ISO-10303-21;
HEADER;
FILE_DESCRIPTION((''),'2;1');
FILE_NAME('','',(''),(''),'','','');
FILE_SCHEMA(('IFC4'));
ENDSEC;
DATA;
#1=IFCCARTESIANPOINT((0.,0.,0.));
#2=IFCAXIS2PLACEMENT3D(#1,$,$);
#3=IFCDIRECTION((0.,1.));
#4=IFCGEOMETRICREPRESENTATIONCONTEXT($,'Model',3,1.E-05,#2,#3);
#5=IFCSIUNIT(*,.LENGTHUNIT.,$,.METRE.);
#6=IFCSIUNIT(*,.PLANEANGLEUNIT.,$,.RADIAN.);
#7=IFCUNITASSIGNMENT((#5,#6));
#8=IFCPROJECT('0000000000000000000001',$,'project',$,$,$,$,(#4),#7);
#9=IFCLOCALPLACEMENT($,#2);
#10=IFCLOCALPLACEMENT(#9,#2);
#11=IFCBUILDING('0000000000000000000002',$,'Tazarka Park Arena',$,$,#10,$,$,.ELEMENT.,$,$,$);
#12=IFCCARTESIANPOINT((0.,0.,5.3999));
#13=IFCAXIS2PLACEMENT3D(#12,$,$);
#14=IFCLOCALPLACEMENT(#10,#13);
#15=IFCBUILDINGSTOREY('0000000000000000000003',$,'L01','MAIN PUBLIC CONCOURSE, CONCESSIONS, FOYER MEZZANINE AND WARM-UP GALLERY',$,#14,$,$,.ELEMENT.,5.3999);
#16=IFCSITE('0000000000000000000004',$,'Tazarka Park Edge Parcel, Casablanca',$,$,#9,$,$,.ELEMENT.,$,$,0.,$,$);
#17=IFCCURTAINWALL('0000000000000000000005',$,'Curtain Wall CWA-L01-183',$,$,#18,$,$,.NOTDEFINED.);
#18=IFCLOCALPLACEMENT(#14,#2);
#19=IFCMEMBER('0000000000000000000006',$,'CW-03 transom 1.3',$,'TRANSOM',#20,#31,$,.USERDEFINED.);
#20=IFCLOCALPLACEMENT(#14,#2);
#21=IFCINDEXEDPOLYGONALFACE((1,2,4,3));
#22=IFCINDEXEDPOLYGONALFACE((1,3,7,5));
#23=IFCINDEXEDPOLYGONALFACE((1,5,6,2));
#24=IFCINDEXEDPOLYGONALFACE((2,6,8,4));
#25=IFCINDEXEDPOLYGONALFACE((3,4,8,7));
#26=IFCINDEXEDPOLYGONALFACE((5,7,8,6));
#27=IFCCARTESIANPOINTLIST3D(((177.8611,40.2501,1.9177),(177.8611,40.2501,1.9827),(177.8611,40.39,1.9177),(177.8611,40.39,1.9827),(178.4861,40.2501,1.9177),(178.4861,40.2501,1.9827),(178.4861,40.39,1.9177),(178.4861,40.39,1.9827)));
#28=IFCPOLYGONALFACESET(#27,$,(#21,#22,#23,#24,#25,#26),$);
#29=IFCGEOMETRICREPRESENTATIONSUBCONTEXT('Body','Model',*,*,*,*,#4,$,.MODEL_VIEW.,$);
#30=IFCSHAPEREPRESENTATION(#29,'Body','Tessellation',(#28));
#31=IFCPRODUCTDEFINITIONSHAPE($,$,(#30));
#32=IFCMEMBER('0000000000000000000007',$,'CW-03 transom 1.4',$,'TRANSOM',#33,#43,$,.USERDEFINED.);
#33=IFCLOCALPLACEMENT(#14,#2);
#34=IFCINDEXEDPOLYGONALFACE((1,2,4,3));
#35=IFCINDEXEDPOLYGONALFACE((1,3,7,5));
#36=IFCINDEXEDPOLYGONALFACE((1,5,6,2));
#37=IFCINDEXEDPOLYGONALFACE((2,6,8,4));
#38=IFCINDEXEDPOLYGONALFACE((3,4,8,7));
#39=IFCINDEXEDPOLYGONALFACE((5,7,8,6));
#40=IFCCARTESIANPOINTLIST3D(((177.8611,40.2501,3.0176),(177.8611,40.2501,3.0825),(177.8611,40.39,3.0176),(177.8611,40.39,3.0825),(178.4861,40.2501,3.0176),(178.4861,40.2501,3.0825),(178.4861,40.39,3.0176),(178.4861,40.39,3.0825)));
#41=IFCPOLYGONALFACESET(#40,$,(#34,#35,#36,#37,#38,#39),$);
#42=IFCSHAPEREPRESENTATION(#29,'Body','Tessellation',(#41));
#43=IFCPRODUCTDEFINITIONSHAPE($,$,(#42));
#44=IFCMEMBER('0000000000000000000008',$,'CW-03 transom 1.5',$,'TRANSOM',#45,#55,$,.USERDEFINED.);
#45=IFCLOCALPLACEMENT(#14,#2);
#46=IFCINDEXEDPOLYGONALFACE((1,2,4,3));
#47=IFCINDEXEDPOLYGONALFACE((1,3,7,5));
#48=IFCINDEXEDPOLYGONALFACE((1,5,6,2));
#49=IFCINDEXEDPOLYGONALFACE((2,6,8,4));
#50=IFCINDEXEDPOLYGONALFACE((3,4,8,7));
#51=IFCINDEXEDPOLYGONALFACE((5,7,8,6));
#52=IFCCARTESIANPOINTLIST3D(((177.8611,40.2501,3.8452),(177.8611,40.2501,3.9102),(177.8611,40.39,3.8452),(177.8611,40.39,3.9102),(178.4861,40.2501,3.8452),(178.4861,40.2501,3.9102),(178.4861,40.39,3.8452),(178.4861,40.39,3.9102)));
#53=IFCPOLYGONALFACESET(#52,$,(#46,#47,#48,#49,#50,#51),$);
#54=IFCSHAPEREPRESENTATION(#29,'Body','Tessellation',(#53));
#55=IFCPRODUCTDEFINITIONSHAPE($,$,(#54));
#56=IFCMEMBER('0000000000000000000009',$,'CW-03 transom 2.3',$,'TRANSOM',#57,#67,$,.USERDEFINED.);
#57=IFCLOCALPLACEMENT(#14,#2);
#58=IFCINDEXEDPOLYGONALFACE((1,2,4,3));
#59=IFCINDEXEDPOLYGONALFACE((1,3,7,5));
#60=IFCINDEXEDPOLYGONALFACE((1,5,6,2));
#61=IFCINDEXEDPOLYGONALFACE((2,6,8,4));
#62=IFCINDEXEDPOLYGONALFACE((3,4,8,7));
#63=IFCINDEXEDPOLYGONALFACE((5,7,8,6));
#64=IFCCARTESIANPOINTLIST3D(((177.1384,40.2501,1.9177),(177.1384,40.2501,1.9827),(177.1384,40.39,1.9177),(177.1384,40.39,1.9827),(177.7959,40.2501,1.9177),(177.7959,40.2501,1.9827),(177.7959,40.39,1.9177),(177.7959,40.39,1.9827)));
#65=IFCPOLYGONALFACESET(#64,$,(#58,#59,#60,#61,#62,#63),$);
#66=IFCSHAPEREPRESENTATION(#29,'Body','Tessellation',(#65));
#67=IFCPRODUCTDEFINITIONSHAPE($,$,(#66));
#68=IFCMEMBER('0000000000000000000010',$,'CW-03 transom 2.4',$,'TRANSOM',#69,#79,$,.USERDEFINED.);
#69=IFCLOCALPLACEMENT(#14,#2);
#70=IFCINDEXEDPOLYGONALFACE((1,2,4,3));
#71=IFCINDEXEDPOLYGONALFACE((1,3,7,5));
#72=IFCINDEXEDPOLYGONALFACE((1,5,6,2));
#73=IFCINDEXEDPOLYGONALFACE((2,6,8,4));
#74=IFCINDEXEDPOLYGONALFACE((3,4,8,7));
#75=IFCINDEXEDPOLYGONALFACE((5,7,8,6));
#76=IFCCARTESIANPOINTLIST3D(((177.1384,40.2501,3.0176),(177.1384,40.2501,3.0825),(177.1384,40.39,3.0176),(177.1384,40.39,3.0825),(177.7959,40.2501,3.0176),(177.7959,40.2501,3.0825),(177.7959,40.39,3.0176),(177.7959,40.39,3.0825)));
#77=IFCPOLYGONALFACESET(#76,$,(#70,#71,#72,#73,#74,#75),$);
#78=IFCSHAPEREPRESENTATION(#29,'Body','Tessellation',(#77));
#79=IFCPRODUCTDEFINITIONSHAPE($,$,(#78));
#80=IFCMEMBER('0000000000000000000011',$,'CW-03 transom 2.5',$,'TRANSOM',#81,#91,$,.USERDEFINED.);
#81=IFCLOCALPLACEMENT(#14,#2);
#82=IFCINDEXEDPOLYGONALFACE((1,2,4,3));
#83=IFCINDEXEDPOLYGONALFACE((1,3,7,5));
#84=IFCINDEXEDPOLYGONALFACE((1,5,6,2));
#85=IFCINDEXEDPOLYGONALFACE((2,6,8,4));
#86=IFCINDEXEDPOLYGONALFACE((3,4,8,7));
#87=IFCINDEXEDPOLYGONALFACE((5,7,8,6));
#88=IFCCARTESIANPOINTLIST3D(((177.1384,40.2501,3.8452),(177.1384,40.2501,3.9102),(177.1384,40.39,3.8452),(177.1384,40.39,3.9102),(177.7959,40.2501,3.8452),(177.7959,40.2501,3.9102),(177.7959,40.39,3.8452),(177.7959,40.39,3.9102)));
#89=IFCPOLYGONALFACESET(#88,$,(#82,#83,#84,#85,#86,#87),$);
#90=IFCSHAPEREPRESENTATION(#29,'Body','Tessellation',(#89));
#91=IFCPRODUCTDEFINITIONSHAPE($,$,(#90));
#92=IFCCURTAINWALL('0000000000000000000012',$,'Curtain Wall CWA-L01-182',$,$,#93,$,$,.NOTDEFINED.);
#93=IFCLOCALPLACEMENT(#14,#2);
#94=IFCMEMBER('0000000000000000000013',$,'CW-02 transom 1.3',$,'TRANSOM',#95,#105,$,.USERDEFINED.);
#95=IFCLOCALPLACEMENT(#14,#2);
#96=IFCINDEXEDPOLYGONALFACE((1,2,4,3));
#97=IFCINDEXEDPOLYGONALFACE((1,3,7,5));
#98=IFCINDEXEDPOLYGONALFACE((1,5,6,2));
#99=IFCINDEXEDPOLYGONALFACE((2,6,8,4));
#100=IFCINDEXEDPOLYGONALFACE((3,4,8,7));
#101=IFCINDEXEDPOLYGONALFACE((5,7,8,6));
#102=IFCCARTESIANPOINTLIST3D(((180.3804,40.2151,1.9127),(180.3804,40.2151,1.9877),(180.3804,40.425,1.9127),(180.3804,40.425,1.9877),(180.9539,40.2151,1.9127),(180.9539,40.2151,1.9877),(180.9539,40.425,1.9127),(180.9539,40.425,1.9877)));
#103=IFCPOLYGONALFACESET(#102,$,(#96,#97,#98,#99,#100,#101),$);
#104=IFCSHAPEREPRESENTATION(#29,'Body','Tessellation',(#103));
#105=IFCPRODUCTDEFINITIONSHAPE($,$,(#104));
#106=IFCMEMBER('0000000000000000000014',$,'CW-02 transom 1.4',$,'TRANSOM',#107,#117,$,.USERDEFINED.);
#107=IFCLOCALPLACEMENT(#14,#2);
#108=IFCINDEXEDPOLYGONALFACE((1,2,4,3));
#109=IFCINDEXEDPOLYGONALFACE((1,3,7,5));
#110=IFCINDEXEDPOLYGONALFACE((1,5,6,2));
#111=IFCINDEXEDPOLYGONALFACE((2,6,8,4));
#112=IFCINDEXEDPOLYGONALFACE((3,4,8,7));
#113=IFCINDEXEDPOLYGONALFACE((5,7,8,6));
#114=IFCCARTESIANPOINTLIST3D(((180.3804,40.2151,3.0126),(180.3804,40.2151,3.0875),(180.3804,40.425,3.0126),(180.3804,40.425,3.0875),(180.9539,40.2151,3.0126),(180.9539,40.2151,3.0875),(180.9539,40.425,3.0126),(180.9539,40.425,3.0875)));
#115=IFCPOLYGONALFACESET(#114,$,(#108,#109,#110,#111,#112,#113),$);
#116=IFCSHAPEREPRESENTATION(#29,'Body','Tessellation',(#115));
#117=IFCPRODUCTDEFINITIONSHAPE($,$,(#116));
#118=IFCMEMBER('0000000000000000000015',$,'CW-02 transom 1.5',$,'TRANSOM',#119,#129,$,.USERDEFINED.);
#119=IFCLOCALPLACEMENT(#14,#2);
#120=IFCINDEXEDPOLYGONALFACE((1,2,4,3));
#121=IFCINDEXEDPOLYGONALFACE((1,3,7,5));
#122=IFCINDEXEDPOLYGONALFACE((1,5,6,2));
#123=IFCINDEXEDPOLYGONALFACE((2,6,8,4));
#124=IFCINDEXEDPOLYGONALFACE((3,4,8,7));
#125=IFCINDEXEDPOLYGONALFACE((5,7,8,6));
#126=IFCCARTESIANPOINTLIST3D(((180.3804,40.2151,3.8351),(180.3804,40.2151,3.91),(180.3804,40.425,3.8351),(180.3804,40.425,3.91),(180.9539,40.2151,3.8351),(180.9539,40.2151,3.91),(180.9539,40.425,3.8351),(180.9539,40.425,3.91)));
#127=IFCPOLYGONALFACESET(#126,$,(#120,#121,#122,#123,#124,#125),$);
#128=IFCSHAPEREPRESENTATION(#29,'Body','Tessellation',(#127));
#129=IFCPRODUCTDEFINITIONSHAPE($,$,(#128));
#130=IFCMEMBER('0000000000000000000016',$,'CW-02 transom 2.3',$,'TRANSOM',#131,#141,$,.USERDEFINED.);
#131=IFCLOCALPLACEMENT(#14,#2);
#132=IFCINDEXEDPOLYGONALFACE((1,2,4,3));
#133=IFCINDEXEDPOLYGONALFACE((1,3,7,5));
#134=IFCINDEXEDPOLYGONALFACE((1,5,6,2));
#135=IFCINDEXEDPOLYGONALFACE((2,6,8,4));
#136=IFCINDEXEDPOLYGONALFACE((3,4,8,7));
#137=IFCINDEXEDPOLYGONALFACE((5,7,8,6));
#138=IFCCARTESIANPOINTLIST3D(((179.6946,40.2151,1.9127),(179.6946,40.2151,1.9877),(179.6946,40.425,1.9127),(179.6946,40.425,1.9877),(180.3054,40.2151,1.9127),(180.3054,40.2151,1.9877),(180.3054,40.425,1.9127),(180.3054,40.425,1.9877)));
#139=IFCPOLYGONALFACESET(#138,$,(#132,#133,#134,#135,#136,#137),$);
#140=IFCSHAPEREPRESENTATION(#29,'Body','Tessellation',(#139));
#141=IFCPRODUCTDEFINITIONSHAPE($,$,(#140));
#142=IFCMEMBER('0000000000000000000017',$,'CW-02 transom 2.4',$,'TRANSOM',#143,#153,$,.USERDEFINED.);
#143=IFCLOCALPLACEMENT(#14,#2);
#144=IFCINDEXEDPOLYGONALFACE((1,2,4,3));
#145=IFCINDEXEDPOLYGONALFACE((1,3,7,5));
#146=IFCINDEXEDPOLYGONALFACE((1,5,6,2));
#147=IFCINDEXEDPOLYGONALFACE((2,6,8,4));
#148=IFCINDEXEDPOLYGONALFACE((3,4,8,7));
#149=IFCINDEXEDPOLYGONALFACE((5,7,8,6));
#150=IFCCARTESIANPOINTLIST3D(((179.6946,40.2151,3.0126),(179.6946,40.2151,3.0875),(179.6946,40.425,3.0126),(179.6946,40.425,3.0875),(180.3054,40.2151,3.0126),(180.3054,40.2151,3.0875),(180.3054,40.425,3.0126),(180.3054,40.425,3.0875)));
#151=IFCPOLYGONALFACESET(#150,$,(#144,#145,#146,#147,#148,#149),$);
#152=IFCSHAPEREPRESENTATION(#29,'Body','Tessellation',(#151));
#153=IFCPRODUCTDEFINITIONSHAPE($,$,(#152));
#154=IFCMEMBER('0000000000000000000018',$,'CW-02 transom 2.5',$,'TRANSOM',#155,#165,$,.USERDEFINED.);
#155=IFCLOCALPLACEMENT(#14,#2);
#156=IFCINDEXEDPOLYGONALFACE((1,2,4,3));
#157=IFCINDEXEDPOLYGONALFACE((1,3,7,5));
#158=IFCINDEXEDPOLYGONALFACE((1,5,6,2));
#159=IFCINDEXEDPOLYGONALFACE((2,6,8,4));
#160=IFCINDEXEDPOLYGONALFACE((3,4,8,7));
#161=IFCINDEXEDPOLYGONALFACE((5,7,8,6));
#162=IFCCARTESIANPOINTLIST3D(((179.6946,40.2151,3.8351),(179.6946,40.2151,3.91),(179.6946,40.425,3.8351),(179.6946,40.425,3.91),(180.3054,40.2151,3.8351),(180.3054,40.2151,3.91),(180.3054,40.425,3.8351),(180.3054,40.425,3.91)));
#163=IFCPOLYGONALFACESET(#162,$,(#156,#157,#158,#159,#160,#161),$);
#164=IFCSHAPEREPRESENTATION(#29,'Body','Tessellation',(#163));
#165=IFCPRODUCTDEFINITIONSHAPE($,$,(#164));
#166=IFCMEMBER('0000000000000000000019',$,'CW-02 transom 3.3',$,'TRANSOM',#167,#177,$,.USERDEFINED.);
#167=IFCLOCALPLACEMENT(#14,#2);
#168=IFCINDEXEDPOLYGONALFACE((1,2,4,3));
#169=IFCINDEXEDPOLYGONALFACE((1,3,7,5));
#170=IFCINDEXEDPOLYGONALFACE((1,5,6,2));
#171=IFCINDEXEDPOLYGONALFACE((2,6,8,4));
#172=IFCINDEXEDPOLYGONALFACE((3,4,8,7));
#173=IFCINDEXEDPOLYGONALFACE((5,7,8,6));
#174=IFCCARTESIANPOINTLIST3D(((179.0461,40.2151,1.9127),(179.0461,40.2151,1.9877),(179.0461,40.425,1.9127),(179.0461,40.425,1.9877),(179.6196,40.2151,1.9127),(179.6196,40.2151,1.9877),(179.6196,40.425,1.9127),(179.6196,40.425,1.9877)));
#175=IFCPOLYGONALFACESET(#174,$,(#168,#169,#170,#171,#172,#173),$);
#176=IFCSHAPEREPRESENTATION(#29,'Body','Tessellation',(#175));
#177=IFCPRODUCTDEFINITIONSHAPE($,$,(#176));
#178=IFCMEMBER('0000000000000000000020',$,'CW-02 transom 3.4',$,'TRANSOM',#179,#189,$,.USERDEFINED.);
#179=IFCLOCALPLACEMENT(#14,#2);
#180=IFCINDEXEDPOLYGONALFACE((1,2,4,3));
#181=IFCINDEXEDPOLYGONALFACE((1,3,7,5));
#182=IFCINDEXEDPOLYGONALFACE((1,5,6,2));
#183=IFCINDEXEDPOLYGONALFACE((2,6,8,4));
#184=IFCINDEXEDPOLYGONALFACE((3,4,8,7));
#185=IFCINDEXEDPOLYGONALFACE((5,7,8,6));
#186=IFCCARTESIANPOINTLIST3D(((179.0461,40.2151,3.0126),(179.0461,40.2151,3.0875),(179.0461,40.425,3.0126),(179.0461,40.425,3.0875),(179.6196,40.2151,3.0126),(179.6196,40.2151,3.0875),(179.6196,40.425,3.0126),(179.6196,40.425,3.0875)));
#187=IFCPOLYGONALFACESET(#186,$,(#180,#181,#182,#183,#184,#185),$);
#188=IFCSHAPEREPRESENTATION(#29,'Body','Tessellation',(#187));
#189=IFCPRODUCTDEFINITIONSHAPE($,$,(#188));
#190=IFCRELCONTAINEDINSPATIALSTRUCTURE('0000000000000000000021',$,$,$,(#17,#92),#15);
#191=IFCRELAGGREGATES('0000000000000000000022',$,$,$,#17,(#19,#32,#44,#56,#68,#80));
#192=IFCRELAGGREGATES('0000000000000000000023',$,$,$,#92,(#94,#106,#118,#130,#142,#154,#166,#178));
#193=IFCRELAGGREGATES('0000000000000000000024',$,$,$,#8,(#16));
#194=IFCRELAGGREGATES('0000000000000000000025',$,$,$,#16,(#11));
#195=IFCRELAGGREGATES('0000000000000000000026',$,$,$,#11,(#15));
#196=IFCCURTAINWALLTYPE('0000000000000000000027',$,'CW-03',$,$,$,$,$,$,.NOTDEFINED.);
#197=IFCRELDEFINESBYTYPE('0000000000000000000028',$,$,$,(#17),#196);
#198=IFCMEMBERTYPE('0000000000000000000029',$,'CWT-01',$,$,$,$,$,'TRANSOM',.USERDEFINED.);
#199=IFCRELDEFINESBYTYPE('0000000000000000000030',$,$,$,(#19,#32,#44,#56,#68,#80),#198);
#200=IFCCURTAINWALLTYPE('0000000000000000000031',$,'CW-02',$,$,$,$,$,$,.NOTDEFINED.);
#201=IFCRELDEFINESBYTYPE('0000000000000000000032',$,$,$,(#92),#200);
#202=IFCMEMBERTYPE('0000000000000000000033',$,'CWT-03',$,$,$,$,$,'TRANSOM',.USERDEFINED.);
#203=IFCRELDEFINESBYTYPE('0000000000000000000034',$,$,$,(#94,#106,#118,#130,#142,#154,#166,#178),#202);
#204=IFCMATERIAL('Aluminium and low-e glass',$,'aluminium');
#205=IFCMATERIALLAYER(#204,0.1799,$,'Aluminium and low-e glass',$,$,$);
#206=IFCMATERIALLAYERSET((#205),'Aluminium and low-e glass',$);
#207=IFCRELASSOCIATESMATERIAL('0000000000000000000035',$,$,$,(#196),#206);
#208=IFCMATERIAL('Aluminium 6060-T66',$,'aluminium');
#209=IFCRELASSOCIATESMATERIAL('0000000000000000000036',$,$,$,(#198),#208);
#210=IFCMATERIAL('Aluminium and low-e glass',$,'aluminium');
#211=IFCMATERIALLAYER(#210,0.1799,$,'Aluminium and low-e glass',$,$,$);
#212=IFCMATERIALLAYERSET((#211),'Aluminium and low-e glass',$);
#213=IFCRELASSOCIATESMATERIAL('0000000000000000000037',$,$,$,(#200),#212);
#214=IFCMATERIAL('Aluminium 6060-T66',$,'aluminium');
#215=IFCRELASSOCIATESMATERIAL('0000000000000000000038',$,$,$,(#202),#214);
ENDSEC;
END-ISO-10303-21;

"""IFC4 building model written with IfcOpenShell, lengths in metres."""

from ifc_helpers import new_model, si_unit, direction, frame, origin, origin_2d, place, context, subcontext, project, spatial, rectangle, extrude, material, layer, layer_set, material_profile, profile_set, type_object, element, aggregate, save


model = new_model("IFC4")

# Units and contexts
model_context = context("Model", 3, precision=1e-05, world=origin(), true_north=direction((0.0, 1.0)))
body_context = subcontext(model_context, "Body", "Model", "MODEL_VIEW")
ifc_project = project(units=[si_unit("LENGTHUNIT", "METRE"), si_unit("PLANEANGLEUNIT", "RADIAN")], contexts=[model_context])

# Site, building, storey
site_placement = place(None, origin())
site = spatial("IfcSite", under=ifc_project, at=site_placement, Name="Tazarka Park Edge Parcel, Casablanca", CompositionType="ELEMENT", RefElevation=0.0)
building_placement = place(site_placement, origin())
building = spatial("IfcBuilding", under=site, at=building_placement, Name="Tazarka Park Arena", CompositionType="ELEMENT")
storey_placement = place(building_placement, frame((0.0, 0.0, 5.3999)))
storey = spatial("IfcBuildingStorey", under=building, at=storey_placement, Name="L01", Description="MAIN PUBLIC CONCOURSE, CONCESSIONS, FOYER MEZZANINE AND WARM-UP GALLERY", CompositionType="ELEMENT", Elevation=5.3999)

# Curtain walls, members
ifc_material_1 = material(Name="Aluminium and low-e glass", Category="aluminium")
ifc_layer_1 = layer(ifc_material_1, 0.1799, Name="Aluminium and low-e glass")
ifc_layer_set_1 = layer_set([ifc_layer_1], Name="Aluminium and low-e glass")
curtain_wall_type_1 = type_object("IfcCurtainWallType", Name="CW-03", PredefinedType="NOTDEFINED", material=ifc_layer_set_1)
curtain_wall_1_placement = place(storey_placement, origin())
curtain_wall_1 = element("IfcCurtainWall", 1, at=curtain_wall_1_placement, inside=storey, type_object=curtain_wall_type_1, Name="Curtain Wall CWA-L01-183", PredefinedType="NOTDEFINED")
ifc_material_2 = material(Name="Aluminium 6060-T66", Category="aluminium")
ifc_material_profile_1 = material_profile(ifc_material_2, rectangle(XDim=0.1399, YDim=0.0649, at=origin_2d()), Name="Aluminium 6060-T66")
ifc_profile_set_1 = profile_set([ifc_material_profile_1], Name="Aluminium 6060-T66")
member_type_1 = type_object("IfcMemberType", Name="CWT-01", ElementType="TRANSOM", PredefinedType="USERDEFINED", material=ifc_profile_set_1)
member_1_placement = place(storey_placement, frame((178.4861, 40.3201, 1.9502), z_axis=(-1.0, 0.0, 0.0), x_axis=(0.0, -1.0, 0.0)))
member_1 = element("IfcMember", 2, at=member_1_placement, type_object=member_type_1, Name="CW-03 transom 1.3", ObjectType="TRANSOM", PredefinedType="USERDEFINED", context=body_context, shape_type="SweptSolid", body=[
    extrude(rectangle(XDim=0.1399, YDim=0.0649, at=origin_2d()), origin(), (0.0, 0.0, 1.0), 0.625),
])
member_2_placement = place(storey_placement, frame((178.4861, 40.3201, 3.05), z_axis=(-1.0, 0.0, 0.0), x_axis=(0.0, -1.0, 0.0)))
member_2 = element("IfcMember", 3, at=member_2_placement, type_object=member_type_1, Name="CW-03 transom 1.4", ObjectType="TRANSOM", PredefinedType="USERDEFINED", context=body_context, shape_type="SweptSolid", body=[
    extrude(rectangle(XDim=0.1399, YDim=0.0649, at=origin_2d()), origin(), (0.0, 0.0, 1.0), 0.625),
])
member_3_placement = place(storey_placement, frame((178.4861, 40.3201, 3.8777), z_axis=(-1.0, 0.0, 0.0), x_axis=(0.0, -1.0, 0.0)))
member_3 = element("IfcMember", 4, at=member_3_placement, type_object=member_type_1, Name="CW-03 transom 1.5", ObjectType="TRANSOM", PredefinedType="USERDEFINED", context=body_context, shape_type="SweptSolid", body=[
    extrude(rectangle(XDim=0.1399, YDim=0.0649, at=origin_2d()), origin(), (0.0, 0.0, 1.0), 0.625),
])
member_4_placement = place(storey_placement, frame((177.7959, 40.3201, 1.9502), z_axis=(-1.0, 0.0, 0.0), x_axis=(0.0, -1.0, 0.0)))
member_4 = element("IfcMember", 5, at=member_4_placement, type_object=member_type_1, Name="CW-03 transom 2.3", ObjectType="TRANSOM", PredefinedType="USERDEFINED", context=body_context, shape_type="SweptSolid", body=[
    extrude(rectangle(XDim=0.1399, YDim=0.0649, at=origin_2d()), origin(), (0.0, 0.0, 1.0), 0.6575),
])
member_5_placement = place(storey_placement, frame((177.7959, 40.3201, 3.05), z_axis=(-1.0, 0.0, 0.0), x_axis=(0.0, -1.0, 0.0)))
member_5 = element("IfcMember", 6, at=member_5_placement, type_object=member_type_1, Name="CW-03 transom 2.4", ObjectType="TRANSOM", PredefinedType="USERDEFINED", context=body_context, shape_type="SweptSolid", body=[
    extrude(rectangle(XDim=0.1399, YDim=0.0649, at=origin_2d()), origin(), (0.0, 0.0, 1.0), 0.6575),
])
member_6_placement = place(storey_placement, frame((177.7959, 40.3201, 3.8777), z_axis=(-1.0, 0.0, 0.0), x_axis=(0.0, -1.0, 0.0)))
member_6 = element("IfcMember", 7, at=member_6_placement, type_object=member_type_1, Name="CW-03 transom 2.5", ObjectType="TRANSOM", PredefinedType="USERDEFINED", context=body_context, shape_type="SweptSolid", body=[
    extrude(rectangle(XDim=0.1399, YDim=0.0649, at=origin_2d()), origin(), (0.0, 0.0, 1.0), 0.6575),
])
ifc_material_3 = material(Name="Aluminium and low-e glass", Category="aluminium")
ifc_layer_2 = layer(ifc_material_3, 0.1799, Name="Aluminium and low-e glass")
ifc_layer_set_2 = layer_set([ifc_layer_2], Name="Aluminium and low-e glass")
curtain_wall_type_2 = type_object("IfcCurtainWallType", Name="CW-02", PredefinedType="NOTDEFINED", material=ifc_layer_set_2)
curtain_wall_2_placement = place(storey_placement, origin())
curtain_wall_2 = element("IfcCurtainWall", 8, at=curtain_wall_2_placement, inside=storey, type_object=curtain_wall_type_2, Name="Curtain Wall CWA-L01-182", PredefinedType="NOTDEFINED")
ifc_material_4 = material(Name="Aluminium 6060-T66", Category="aluminium")
ifc_material_profile_2 = material_profile(ifc_material_4, rectangle(XDim=0.21, YDim=0.075, at=origin_2d()), Name="Aluminium 6060-T66")
ifc_profile_set_2 = profile_set([ifc_material_profile_2], Name="Aluminium 6060-T66")
member_type_2 = type_object("IfcMemberType", Name="CWT-03", ElementType="TRANSOM", PredefinedType="USERDEFINED", material=ifc_profile_set_2)
member_7_placement = place(storey_placement, frame((180.9539, 40.3201, 1.9502), z_axis=(-1.0, 0.0, 0.0), x_axis=(0.0, -1.0, 0.0)))
member_7 = element("IfcMember", 9, at=member_7_placement, type_object=member_type_2, Name="CW-02 transom 1.3", ObjectType="TRANSOM", PredefinedType="USERDEFINED", context=body_context, shape_type="SweptSolid", body=[
    extrude(rectangle(XDim=0.21, YDim=0.075, at=origin_2d()), origin(), (0.0, 0.0, 1.0), 0.5735),
])
member_8_placement = place(storey_placement, frame((180.9539, 40.3201, 3.05), z_axis=(-1.0, 0.0, 0.0), x_axis=(0.0, -1.0, 0.0)))
member_8 = element("IfcMember", 10, at=member_8_placement, type_object=member_type_2, Name="CW-02 transom 1.4", ObjectType="TRANSOM", PredefinedType="USERDEFINED", context=body_context, shape_type="SweptSolid", body=[
    extrude(rectangle(XDim=0.21, YDim=0.075, at=origin_2d()), origin(), (0.0, 0.0, 1.0), 0.5735),
])
member_9_placement = place(storey_placement, frame((180.9539, 40.3201, 3.8726), z_axis=(-1.0, 0.0, 0.0), x_axis=(0.0, -1.0, 0.0)))
member_9 = element("IfcMember", 11, at=member_9_placement, type_object=member_type_2, Name="CW-02 transom 1.5", ObjectType="TRANSOM", PredefinedType="USERDEFINED", context=body_context, shape_type="SweptSolid", body=[
    extrude(rectangle(XDim=0.21, YDim=0.075, at=origin_2d()), origin(), (0.0, 0.0, 1.0), 0.5735),
])
member_10_placement = place(storey_placement, frame((180.3054, 40.3201, 1.9502), z_axis=(-1.0, 0.0, 0.0), x_axis=(0.0, -1.0, 0.0)))
member_10 = element("IfcMember", 12, at=member_10_placement, type_object=member_type_2, Name="CW-02 transom 2.3", ObjectType="TRANSOM", PredefinedType="USERDEFINED", context=body_context, shape_type="SweptSolid", body=[
    extrude(rectangle(XDim=0.21, YDim=0.075, at=origin_2d()), origin(), (0.0, 0.0, 1.0), 0.6108),
])
member_11_placement = place(storey_placement, frame((180.3054, 40.3201, 3.05), z_axis=(-1.0, 0.0, 0.0), x_axis=(0.0, -1.0, 0.0)))
member_11 = element("IfcMember", 13, at=member_11_placement, type_object=member_type_2, Name="CW-02 transom 2.4", ObjectType="TRANSOM", PredefinedType="USERDEFINED", context=body_context, shape_type="SweptSolid", body=[
    extrude(rectangle(XDim=0.21, YDim=0.075, at=origin_2d()), origin(), (0.0, 0.0, 1.0), 0.6108),
])
member_12_placement = place(storey_placement, frame((180.3054, 40.3201, 3.8726), z_axis=(-1.0, 0.0, 0.0), x_axis=(0.0, -1.0, 0.0)))
member_12 = element("IfcMember", 14, at=member_12_placement, type_object=member_type_2, Name="CW-02 transom 2.5", ObjectType="TRANSOM", PredefinedType="USERDEFINED", context=body_context, shape_type="SweptSolid", body=[
    extrude(rectangle(XDim=0.21, YDim=0.075, at=origin_2d()), origin(), (0.0, 0.0, 1.0), 0.6108),
])
member_13_placement = place(storey_placement, frame((179.6196, 40.3201, 1.9502), z_axis=(-1.0, 0.0, 0.0), x_axis=(0.0, -1.0, 0.0)))
member_13 = element("IfcMember", 15, at=member_13_placement, type_object=member_type_2, Name="CW-02 transom 3.3", ObjectType="TRANSOM", PredefinedType="USERDEFINED", context=body_context, shape_type="SweptSolid", body=[
    extrude(rectangle(XDim=0.21, YDim=0.075, at=origin_2d()), origin(), (0.0, 0.0, 1.0), 0.5735),
])
member_14_placement = place(storey_placement, frame((179.6196, 40.3201, 3.05), z_axis=(-1.0, 0.0, 0.0), x_axis=(0.0, -1.0, 0.0)))
member_14 = element("IfcMember", 16, at=member_14_placement, type_object=member_type_2, Name="CW-02 transom 3.4", ObjectType="TRANSOM", PredefinedType="USERDEFINED", context=body_context, shape_type="SweptSolid", body=[
    extrude(rectangle(XDim=0.21, YDim=0.075, at=origin_2d()), origin(), (0.0, 0.0, 1.0), 0.5735),
])

aggregate(curtain_wall_1, [member_1, member_2, member_3, member_4, member_5, member_6])
aggregate(curtain_wall_2, [member_7, member_8, member_9, member_10, member_11, member_12, member_13, member_14])

save(model, "model.ifc")
